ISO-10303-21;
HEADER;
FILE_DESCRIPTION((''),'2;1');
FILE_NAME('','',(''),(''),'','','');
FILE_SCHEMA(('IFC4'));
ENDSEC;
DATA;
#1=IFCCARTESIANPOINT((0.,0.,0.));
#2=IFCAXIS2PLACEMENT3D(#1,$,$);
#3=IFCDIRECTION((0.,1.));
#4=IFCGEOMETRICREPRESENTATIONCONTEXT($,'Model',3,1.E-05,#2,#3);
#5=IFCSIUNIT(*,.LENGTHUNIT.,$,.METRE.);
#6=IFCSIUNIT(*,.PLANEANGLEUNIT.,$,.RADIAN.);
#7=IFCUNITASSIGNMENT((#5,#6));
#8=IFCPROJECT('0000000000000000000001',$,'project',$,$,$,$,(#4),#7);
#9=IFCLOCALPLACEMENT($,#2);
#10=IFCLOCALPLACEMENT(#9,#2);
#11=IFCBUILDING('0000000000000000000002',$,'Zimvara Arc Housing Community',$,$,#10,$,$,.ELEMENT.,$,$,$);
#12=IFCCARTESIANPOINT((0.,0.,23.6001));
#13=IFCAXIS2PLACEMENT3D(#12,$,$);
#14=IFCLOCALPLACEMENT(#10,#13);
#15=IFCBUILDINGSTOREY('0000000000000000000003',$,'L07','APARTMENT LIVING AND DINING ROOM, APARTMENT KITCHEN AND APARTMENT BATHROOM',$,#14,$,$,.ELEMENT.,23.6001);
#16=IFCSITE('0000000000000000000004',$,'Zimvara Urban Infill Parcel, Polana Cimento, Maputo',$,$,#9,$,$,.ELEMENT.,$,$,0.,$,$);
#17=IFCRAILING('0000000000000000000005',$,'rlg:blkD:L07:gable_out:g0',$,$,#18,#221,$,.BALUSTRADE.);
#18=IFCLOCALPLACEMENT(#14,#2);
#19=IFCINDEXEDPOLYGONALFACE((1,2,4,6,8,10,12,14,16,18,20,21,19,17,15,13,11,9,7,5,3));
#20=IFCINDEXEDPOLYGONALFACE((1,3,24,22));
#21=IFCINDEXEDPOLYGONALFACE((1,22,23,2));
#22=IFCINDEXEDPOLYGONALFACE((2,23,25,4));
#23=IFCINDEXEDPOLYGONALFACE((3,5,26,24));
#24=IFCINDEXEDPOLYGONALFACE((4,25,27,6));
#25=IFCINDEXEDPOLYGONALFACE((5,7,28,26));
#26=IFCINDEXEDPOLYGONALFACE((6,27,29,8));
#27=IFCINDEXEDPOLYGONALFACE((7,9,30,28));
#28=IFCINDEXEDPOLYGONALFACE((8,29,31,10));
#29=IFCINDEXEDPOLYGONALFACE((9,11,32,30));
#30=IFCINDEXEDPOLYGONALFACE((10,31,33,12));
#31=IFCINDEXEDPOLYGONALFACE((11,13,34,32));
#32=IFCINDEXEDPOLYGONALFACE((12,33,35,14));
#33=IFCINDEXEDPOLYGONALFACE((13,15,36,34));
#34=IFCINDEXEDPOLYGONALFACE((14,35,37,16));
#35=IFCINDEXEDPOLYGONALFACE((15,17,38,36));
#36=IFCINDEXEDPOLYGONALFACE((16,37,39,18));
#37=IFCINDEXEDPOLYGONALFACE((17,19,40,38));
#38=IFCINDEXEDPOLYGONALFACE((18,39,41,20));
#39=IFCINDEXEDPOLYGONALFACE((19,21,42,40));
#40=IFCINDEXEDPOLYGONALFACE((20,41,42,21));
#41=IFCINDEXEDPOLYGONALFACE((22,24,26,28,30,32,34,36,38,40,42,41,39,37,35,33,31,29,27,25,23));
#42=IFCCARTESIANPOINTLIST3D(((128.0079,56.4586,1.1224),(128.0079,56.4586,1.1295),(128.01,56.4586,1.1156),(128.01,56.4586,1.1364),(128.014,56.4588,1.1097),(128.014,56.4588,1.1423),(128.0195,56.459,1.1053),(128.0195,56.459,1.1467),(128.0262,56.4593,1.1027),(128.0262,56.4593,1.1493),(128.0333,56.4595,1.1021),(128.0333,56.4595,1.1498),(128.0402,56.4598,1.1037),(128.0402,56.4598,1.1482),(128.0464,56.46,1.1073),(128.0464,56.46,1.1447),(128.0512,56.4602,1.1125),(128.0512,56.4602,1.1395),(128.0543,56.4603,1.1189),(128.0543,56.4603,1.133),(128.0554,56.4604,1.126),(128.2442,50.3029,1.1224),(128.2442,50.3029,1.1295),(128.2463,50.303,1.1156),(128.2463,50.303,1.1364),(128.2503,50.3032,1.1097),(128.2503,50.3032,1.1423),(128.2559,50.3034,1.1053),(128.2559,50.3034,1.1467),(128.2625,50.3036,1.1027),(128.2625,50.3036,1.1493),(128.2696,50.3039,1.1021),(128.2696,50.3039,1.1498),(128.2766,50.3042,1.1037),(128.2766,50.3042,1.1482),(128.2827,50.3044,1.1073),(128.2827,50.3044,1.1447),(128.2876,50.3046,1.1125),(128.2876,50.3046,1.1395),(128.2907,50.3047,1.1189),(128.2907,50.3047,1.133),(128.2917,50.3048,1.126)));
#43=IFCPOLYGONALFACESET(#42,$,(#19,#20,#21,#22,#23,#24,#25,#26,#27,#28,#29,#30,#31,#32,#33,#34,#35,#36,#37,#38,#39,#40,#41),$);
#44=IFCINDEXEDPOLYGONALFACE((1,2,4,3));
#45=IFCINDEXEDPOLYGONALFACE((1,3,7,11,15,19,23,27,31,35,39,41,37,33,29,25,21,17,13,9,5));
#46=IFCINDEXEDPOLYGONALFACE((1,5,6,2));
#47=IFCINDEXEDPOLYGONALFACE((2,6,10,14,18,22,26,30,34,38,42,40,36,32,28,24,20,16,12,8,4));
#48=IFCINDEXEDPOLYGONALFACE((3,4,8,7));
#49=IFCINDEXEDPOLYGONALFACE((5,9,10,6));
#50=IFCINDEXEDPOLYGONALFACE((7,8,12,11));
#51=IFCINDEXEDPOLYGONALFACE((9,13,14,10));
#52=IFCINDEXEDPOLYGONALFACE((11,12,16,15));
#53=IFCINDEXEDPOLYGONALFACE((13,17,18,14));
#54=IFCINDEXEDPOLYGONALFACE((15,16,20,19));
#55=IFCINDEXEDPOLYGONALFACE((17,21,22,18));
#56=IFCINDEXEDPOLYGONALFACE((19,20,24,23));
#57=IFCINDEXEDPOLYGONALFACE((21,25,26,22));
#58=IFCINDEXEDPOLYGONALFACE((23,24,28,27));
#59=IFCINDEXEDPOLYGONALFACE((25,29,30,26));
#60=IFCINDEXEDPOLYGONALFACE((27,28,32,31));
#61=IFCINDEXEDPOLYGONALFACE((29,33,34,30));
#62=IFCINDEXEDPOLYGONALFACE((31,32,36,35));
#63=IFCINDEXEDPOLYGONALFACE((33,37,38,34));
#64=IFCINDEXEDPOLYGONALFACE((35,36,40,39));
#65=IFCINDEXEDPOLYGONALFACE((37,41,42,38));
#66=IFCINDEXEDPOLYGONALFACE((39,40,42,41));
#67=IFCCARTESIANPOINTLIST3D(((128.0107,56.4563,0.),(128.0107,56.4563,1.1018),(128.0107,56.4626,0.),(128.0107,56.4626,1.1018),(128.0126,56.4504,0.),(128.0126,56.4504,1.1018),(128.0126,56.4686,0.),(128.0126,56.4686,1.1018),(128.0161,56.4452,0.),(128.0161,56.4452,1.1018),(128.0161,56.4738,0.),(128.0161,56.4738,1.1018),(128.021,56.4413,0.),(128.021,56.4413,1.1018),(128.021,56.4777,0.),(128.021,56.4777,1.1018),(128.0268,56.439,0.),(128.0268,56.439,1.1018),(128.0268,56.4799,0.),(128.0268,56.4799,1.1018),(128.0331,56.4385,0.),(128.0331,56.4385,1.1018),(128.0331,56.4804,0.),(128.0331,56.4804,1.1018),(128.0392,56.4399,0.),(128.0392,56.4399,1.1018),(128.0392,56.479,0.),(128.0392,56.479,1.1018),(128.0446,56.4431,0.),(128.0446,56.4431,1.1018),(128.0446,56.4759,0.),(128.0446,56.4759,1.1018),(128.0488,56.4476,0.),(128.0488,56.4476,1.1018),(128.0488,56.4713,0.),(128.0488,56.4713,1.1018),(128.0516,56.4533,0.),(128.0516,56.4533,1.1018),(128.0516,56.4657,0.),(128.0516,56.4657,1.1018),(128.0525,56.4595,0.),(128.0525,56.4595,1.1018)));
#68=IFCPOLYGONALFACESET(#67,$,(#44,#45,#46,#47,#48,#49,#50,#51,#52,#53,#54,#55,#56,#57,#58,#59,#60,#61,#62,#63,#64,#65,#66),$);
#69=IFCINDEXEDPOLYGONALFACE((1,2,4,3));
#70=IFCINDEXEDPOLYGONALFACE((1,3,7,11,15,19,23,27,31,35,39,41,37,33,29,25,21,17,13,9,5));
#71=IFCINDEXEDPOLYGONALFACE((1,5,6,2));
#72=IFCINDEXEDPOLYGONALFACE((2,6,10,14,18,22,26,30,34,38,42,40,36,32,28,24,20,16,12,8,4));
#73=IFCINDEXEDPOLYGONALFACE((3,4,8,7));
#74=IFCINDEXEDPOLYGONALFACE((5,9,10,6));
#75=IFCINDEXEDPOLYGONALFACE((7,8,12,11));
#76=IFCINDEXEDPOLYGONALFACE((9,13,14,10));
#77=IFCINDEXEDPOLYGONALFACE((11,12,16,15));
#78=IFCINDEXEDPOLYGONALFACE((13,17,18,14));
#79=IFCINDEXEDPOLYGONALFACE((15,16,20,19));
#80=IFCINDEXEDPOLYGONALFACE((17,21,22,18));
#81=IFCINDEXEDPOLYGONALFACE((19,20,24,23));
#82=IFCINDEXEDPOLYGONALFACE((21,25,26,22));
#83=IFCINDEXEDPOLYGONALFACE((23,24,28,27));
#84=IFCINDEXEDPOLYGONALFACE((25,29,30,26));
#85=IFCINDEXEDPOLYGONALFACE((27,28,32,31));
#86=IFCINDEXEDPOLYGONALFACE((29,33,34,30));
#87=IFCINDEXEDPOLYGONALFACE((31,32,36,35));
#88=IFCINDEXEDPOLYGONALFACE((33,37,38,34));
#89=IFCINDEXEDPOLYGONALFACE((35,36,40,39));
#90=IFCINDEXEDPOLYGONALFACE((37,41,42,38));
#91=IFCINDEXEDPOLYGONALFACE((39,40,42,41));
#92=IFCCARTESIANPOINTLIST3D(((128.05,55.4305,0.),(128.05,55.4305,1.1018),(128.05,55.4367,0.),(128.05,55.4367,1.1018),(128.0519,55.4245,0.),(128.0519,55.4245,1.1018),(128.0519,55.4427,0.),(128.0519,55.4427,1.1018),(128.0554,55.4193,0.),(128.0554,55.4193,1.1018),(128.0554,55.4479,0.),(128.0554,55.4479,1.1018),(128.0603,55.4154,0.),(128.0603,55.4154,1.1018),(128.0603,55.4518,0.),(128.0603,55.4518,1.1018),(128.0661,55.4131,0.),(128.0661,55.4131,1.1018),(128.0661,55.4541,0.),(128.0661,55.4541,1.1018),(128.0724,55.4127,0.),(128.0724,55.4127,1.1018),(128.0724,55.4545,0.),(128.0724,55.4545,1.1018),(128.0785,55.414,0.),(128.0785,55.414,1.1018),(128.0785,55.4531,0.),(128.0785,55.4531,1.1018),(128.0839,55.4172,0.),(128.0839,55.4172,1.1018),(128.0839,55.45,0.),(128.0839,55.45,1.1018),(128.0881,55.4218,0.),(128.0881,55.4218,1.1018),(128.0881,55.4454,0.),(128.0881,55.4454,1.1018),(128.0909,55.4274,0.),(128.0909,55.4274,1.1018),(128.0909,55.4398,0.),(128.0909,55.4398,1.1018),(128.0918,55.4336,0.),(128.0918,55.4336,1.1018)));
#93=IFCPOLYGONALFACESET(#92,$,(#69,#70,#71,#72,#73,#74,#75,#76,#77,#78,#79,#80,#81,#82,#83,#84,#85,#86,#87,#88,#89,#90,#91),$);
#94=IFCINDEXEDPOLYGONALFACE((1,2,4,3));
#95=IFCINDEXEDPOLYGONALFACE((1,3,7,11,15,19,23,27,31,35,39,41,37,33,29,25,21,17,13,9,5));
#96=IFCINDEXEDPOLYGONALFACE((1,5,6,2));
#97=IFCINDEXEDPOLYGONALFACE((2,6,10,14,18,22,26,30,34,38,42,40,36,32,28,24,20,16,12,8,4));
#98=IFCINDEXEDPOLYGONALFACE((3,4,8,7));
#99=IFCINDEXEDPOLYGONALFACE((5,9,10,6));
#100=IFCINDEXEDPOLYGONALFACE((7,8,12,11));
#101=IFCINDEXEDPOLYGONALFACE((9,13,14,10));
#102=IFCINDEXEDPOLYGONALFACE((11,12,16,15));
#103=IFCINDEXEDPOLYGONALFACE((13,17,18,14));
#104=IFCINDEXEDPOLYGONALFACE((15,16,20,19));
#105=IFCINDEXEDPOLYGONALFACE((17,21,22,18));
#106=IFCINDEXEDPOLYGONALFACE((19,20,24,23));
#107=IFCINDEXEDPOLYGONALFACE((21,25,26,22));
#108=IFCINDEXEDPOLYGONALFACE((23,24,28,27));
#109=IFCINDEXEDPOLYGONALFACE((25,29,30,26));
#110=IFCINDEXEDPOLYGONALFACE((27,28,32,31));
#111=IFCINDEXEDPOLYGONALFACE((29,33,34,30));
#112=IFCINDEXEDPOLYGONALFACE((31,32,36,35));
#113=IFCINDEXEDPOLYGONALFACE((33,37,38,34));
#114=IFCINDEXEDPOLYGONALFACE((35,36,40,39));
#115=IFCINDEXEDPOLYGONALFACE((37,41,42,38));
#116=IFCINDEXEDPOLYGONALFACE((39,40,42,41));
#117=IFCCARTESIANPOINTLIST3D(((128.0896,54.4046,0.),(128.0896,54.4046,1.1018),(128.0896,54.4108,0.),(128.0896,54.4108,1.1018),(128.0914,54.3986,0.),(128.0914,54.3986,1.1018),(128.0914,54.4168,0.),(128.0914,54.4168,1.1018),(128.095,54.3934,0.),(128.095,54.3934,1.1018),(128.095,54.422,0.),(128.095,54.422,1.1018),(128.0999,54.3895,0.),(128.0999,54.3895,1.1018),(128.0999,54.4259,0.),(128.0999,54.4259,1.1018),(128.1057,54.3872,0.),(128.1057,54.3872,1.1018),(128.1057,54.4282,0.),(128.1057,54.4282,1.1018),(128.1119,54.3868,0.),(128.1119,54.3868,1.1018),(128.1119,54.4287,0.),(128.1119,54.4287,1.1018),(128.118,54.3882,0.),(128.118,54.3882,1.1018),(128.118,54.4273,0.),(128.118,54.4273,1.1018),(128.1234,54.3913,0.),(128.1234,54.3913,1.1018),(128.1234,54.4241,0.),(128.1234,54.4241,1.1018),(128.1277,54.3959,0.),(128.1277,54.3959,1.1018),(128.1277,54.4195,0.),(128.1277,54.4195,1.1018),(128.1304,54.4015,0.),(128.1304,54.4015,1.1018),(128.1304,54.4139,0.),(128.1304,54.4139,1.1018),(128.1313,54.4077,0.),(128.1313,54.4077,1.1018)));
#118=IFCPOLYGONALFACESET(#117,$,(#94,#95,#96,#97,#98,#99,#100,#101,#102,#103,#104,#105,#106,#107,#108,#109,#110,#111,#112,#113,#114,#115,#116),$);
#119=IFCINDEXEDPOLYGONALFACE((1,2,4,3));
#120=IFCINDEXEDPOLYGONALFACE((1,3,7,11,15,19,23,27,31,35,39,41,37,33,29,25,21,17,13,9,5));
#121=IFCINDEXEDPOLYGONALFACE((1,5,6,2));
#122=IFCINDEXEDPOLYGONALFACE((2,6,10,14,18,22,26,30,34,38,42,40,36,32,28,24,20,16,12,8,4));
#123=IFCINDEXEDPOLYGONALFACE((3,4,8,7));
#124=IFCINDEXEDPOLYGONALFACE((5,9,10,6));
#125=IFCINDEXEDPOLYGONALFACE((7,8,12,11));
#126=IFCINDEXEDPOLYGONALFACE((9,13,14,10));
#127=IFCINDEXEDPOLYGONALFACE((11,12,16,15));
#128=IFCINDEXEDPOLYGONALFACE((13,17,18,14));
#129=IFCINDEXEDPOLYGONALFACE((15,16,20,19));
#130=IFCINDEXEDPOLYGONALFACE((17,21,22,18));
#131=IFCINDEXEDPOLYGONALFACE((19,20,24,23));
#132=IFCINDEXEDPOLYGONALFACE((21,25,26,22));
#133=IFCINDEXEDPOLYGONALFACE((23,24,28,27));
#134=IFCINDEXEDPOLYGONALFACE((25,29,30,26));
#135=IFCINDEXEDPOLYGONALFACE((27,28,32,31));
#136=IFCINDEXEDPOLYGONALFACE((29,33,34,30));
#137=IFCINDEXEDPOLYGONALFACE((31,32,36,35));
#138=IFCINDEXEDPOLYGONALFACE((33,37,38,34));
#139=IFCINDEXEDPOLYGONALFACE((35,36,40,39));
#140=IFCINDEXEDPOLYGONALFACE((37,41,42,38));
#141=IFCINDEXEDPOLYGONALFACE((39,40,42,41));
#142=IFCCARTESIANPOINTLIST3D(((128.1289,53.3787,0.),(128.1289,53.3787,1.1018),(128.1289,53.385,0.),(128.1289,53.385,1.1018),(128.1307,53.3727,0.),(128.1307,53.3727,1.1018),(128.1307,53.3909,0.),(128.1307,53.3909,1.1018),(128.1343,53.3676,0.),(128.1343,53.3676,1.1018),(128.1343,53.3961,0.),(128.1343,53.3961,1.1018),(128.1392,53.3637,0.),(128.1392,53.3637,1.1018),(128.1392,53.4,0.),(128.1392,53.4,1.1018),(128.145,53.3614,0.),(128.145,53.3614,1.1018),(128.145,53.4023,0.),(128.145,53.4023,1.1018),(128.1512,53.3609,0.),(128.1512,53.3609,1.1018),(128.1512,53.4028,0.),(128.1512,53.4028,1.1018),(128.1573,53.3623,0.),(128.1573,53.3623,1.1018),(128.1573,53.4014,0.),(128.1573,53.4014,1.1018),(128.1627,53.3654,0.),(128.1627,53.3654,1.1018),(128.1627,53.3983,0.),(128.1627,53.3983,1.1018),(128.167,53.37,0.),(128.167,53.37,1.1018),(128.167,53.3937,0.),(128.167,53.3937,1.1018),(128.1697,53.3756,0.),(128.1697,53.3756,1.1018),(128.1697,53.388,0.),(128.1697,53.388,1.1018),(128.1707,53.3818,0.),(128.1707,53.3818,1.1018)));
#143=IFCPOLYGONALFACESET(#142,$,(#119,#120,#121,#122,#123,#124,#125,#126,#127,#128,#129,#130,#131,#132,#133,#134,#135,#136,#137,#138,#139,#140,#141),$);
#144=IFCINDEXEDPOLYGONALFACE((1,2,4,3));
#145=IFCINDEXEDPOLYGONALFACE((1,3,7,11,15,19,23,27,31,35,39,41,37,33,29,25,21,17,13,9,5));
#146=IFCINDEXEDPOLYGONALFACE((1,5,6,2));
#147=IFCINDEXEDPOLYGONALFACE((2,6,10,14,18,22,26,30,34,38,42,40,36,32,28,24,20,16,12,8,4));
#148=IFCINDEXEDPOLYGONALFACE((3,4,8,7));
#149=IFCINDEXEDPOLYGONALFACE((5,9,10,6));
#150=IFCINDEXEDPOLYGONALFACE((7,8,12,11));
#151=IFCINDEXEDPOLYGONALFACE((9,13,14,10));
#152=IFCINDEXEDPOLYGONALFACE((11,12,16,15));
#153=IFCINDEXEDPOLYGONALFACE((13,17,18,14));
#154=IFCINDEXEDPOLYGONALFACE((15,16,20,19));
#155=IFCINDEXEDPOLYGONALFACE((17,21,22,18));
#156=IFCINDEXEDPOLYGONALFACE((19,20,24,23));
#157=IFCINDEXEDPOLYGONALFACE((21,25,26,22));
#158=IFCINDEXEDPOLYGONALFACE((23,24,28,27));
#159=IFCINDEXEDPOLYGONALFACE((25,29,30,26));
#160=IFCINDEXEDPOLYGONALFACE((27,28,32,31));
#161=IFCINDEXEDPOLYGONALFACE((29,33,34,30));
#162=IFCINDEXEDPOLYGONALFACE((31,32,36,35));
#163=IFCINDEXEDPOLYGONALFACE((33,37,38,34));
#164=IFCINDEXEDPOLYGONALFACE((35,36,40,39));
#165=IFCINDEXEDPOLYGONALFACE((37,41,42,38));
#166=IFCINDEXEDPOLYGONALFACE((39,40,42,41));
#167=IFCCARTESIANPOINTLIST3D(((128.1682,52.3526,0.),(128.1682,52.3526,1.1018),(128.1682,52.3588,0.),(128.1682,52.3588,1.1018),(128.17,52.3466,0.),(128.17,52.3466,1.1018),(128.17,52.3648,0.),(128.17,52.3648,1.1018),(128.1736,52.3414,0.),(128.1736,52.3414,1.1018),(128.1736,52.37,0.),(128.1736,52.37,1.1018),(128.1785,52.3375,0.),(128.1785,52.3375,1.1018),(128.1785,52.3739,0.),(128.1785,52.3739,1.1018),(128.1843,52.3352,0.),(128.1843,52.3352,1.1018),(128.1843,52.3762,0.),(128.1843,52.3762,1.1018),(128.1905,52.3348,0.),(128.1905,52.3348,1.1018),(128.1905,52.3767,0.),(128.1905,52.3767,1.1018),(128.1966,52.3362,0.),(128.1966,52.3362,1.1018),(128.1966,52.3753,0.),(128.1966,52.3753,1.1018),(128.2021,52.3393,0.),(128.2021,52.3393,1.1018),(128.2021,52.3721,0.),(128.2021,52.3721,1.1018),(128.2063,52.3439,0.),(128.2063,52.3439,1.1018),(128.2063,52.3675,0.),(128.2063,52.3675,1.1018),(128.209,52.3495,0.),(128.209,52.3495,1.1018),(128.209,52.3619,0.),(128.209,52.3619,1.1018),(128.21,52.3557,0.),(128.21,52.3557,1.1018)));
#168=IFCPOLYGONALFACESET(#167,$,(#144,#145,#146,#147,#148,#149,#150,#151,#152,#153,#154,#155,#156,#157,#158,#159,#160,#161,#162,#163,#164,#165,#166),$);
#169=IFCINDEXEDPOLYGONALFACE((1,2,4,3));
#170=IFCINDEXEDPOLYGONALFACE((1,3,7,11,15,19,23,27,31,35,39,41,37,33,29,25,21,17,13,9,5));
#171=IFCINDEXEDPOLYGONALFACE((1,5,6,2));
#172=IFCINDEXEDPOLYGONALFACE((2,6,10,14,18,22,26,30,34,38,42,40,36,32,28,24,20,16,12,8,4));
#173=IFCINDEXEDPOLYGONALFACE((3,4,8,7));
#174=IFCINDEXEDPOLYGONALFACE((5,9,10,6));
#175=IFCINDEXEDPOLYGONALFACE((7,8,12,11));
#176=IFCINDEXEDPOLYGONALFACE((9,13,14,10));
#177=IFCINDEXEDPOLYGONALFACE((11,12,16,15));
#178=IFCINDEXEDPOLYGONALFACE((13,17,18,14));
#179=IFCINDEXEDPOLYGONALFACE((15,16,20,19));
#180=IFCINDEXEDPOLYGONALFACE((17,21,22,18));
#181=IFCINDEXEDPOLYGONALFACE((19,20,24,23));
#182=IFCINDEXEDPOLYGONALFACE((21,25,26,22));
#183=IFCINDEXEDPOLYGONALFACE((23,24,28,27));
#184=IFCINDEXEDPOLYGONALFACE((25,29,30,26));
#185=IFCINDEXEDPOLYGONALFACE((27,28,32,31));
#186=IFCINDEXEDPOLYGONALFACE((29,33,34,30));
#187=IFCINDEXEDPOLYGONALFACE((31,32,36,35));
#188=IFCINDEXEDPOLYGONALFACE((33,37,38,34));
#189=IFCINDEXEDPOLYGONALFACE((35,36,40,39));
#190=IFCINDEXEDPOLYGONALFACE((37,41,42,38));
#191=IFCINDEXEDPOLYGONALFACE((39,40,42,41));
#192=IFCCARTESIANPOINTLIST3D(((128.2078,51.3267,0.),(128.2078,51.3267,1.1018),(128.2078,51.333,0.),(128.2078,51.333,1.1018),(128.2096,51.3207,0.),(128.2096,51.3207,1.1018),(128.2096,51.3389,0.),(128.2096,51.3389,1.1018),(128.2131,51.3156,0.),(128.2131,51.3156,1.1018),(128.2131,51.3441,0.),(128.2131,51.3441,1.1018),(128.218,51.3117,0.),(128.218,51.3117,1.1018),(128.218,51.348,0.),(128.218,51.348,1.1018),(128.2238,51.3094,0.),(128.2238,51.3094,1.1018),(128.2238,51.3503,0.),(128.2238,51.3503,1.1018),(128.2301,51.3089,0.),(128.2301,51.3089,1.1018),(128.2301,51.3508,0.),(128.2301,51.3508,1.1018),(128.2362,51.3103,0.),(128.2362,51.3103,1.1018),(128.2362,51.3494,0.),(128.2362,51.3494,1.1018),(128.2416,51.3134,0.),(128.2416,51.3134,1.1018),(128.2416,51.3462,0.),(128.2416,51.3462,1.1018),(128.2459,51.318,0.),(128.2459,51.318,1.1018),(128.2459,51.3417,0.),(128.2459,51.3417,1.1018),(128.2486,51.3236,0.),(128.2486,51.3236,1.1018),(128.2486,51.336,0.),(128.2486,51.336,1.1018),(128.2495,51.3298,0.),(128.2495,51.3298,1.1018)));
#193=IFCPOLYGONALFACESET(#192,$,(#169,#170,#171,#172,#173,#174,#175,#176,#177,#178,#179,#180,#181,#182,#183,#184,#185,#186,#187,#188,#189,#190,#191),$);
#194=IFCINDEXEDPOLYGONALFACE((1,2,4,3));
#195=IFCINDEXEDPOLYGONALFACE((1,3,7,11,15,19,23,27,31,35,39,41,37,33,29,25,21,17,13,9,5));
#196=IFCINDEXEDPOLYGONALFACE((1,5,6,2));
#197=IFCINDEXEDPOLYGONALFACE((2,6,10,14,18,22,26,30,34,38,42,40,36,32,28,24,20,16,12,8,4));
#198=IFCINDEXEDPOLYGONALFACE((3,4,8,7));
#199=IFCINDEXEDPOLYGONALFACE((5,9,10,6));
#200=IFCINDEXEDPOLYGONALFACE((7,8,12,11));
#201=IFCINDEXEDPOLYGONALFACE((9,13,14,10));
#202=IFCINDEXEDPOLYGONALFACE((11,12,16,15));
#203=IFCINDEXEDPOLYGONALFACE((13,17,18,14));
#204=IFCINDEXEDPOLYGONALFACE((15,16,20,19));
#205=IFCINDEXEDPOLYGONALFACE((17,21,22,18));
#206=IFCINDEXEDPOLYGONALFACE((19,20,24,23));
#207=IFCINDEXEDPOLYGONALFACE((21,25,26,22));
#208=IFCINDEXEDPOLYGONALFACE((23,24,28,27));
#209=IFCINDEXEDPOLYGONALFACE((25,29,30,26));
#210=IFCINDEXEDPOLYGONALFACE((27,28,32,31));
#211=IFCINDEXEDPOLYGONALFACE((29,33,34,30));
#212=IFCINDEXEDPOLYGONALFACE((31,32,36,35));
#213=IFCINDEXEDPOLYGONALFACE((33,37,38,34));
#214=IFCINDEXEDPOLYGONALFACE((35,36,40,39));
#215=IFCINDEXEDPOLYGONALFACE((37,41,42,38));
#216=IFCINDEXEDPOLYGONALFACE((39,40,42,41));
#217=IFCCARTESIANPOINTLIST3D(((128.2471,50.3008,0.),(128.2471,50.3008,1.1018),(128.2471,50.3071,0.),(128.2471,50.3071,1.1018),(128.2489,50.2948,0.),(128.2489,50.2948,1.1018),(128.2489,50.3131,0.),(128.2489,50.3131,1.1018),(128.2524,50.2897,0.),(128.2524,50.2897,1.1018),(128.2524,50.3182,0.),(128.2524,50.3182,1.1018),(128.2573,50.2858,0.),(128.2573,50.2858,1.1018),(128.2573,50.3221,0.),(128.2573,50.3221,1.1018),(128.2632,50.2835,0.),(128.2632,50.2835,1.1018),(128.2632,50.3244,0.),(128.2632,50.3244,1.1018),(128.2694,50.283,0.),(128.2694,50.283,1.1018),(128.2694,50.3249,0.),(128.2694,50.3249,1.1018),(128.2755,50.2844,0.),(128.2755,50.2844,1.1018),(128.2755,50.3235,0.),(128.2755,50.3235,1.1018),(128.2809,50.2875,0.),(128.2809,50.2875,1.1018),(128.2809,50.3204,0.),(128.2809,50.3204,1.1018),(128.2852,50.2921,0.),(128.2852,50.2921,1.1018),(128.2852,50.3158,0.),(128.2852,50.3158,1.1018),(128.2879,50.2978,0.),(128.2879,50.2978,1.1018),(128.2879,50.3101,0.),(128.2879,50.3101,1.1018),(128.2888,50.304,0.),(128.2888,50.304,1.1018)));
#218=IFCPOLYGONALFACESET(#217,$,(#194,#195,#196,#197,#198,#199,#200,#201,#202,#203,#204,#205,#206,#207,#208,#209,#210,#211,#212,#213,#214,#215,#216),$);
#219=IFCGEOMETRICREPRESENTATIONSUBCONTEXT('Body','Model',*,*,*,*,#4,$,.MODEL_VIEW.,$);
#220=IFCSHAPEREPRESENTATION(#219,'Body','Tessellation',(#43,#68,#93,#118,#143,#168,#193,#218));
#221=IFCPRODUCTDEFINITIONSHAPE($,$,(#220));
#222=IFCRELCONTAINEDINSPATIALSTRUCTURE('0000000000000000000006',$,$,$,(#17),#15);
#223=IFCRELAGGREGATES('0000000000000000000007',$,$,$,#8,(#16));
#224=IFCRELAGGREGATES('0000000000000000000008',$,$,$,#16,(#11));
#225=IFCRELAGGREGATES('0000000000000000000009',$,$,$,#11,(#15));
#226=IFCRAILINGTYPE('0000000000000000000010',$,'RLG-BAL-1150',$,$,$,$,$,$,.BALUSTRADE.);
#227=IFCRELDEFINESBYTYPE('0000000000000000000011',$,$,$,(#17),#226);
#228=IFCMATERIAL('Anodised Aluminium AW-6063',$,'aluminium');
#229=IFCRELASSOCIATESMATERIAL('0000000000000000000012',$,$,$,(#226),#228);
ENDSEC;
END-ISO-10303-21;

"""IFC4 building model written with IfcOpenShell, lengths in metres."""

from ifc_helpers import new_model, si_unit, direction, frame, origin, origin_2d, place, context, subcontext, project, spatial, circle, extrude, material, type_object, element, save


model = new_model("IFC4")

# Units and contexts
model_context = context("Model", 3, precision=1e-05, world=origin(), true_north=direction((0.0, 1.0)))
body_context = subcontext(model_context, "Body", "Model", "MODEL_VIEW")
ifc_project = project(units=[si_unit("LENGTHUNIT", "METRE"), si_unit("PLANEANGLEUNIT", "RADIAN")], contexts=[model_context])

# Site, building, storey
site_placement = place(None, origin())
site = spatial("IfcSite", under=ifc_project, at=site_placement, Name="Zimvara Urban Infill Parcel, Polana Cimento, Maputo", CompositionType="ELEMENT", RefElevation=0.0)
building_placement = place(site_placement, origin())
building = spatial("IfcBuilding", under=site, at=building_placement, Name="Zimvara Arc Housing Community", CompositionType="ELEMENT")
storey_placement = place(building_placement, frame((0.0, 0.0, 23.6001)))
storey = spatial("IfcBuildingStorey", under=building, at=storey_placement, Name="L07", Description="APARTMENT LIVING AND DINING ROOM, APARTMENT KITCHEN AND APARTMENT BATHROOM", CompositionType="ELEMENT", Elevation=23.6001)

# Railing
ifc_material_1 = material(Name="Anodised Aluminium AW-6063", Category="aluminium")
railing_type = type_object("IfcRailingType", Name="RLG-BAL-1150", PredefinedType="BALUSTRADE", material=ifc_material_1)
railing_1_placement = place(storey_placement, frame((128.0315, 56.4595, 0.0)))
element("IfcRailing", 1, at=railing_1_placement, inside=storey, type_object=railing_type, Name="rlg:blkD:L07:gable_out:g0", PredefinedType="BALUSTRADE", context=body_context, shape_type="SweptSolid", body=[
    extrude(circle(Radius=0.0239, at=origin_2d()), frame((0.0, 0.0, 1.126), z_axis=(0.038365, -0.999264, 0.0), x_axis=(0.999264, 0.038365, 0.0)), (0.0, 0.0, 1.0), 6.1602),
    extrude(circle(Radius=0.021, at=origin_2d()), origin(), (0.0, 0.0, 1.0), 1.1018),
    extrude(circle(Radius=0.021, at=origin_2d()), frame((0.0393, -1.0259, 0.0)), (0.0, 0.0, 1.0), 1.1018),
    extrude(circle(Radius=0.021, at=origin_2d()), frame((0.0789, -2.0518, 0.0)), (0.0, 0.0, 1.0), 1.1018),
    extrude(circle(Radius=0.021, at=origin_2d()), frame((0.1182, -3.0776, 0.0)), (0.0, 0.0, 1.0), 1.1018),
    extrude(circle(Radius=0.021, at=origin_2d()), frame((0.1575, -4.1038, 0.0)), (0.0, 0.0, 1.0), 1.1018),
    extrude(circle(Radius=0.021, at=origin_2d()), frame((0.197, -5.1296, 0.0)), (0.0, 0.0, 1.0), 1.1018),
    extrude(circle(Radius=0.021, at=origin_2d()), frame((0.2363, -6.1555, 0.0)), (0.0, 0.0, 1.0), 1.1018),
])

save(model, "model.ifc")
